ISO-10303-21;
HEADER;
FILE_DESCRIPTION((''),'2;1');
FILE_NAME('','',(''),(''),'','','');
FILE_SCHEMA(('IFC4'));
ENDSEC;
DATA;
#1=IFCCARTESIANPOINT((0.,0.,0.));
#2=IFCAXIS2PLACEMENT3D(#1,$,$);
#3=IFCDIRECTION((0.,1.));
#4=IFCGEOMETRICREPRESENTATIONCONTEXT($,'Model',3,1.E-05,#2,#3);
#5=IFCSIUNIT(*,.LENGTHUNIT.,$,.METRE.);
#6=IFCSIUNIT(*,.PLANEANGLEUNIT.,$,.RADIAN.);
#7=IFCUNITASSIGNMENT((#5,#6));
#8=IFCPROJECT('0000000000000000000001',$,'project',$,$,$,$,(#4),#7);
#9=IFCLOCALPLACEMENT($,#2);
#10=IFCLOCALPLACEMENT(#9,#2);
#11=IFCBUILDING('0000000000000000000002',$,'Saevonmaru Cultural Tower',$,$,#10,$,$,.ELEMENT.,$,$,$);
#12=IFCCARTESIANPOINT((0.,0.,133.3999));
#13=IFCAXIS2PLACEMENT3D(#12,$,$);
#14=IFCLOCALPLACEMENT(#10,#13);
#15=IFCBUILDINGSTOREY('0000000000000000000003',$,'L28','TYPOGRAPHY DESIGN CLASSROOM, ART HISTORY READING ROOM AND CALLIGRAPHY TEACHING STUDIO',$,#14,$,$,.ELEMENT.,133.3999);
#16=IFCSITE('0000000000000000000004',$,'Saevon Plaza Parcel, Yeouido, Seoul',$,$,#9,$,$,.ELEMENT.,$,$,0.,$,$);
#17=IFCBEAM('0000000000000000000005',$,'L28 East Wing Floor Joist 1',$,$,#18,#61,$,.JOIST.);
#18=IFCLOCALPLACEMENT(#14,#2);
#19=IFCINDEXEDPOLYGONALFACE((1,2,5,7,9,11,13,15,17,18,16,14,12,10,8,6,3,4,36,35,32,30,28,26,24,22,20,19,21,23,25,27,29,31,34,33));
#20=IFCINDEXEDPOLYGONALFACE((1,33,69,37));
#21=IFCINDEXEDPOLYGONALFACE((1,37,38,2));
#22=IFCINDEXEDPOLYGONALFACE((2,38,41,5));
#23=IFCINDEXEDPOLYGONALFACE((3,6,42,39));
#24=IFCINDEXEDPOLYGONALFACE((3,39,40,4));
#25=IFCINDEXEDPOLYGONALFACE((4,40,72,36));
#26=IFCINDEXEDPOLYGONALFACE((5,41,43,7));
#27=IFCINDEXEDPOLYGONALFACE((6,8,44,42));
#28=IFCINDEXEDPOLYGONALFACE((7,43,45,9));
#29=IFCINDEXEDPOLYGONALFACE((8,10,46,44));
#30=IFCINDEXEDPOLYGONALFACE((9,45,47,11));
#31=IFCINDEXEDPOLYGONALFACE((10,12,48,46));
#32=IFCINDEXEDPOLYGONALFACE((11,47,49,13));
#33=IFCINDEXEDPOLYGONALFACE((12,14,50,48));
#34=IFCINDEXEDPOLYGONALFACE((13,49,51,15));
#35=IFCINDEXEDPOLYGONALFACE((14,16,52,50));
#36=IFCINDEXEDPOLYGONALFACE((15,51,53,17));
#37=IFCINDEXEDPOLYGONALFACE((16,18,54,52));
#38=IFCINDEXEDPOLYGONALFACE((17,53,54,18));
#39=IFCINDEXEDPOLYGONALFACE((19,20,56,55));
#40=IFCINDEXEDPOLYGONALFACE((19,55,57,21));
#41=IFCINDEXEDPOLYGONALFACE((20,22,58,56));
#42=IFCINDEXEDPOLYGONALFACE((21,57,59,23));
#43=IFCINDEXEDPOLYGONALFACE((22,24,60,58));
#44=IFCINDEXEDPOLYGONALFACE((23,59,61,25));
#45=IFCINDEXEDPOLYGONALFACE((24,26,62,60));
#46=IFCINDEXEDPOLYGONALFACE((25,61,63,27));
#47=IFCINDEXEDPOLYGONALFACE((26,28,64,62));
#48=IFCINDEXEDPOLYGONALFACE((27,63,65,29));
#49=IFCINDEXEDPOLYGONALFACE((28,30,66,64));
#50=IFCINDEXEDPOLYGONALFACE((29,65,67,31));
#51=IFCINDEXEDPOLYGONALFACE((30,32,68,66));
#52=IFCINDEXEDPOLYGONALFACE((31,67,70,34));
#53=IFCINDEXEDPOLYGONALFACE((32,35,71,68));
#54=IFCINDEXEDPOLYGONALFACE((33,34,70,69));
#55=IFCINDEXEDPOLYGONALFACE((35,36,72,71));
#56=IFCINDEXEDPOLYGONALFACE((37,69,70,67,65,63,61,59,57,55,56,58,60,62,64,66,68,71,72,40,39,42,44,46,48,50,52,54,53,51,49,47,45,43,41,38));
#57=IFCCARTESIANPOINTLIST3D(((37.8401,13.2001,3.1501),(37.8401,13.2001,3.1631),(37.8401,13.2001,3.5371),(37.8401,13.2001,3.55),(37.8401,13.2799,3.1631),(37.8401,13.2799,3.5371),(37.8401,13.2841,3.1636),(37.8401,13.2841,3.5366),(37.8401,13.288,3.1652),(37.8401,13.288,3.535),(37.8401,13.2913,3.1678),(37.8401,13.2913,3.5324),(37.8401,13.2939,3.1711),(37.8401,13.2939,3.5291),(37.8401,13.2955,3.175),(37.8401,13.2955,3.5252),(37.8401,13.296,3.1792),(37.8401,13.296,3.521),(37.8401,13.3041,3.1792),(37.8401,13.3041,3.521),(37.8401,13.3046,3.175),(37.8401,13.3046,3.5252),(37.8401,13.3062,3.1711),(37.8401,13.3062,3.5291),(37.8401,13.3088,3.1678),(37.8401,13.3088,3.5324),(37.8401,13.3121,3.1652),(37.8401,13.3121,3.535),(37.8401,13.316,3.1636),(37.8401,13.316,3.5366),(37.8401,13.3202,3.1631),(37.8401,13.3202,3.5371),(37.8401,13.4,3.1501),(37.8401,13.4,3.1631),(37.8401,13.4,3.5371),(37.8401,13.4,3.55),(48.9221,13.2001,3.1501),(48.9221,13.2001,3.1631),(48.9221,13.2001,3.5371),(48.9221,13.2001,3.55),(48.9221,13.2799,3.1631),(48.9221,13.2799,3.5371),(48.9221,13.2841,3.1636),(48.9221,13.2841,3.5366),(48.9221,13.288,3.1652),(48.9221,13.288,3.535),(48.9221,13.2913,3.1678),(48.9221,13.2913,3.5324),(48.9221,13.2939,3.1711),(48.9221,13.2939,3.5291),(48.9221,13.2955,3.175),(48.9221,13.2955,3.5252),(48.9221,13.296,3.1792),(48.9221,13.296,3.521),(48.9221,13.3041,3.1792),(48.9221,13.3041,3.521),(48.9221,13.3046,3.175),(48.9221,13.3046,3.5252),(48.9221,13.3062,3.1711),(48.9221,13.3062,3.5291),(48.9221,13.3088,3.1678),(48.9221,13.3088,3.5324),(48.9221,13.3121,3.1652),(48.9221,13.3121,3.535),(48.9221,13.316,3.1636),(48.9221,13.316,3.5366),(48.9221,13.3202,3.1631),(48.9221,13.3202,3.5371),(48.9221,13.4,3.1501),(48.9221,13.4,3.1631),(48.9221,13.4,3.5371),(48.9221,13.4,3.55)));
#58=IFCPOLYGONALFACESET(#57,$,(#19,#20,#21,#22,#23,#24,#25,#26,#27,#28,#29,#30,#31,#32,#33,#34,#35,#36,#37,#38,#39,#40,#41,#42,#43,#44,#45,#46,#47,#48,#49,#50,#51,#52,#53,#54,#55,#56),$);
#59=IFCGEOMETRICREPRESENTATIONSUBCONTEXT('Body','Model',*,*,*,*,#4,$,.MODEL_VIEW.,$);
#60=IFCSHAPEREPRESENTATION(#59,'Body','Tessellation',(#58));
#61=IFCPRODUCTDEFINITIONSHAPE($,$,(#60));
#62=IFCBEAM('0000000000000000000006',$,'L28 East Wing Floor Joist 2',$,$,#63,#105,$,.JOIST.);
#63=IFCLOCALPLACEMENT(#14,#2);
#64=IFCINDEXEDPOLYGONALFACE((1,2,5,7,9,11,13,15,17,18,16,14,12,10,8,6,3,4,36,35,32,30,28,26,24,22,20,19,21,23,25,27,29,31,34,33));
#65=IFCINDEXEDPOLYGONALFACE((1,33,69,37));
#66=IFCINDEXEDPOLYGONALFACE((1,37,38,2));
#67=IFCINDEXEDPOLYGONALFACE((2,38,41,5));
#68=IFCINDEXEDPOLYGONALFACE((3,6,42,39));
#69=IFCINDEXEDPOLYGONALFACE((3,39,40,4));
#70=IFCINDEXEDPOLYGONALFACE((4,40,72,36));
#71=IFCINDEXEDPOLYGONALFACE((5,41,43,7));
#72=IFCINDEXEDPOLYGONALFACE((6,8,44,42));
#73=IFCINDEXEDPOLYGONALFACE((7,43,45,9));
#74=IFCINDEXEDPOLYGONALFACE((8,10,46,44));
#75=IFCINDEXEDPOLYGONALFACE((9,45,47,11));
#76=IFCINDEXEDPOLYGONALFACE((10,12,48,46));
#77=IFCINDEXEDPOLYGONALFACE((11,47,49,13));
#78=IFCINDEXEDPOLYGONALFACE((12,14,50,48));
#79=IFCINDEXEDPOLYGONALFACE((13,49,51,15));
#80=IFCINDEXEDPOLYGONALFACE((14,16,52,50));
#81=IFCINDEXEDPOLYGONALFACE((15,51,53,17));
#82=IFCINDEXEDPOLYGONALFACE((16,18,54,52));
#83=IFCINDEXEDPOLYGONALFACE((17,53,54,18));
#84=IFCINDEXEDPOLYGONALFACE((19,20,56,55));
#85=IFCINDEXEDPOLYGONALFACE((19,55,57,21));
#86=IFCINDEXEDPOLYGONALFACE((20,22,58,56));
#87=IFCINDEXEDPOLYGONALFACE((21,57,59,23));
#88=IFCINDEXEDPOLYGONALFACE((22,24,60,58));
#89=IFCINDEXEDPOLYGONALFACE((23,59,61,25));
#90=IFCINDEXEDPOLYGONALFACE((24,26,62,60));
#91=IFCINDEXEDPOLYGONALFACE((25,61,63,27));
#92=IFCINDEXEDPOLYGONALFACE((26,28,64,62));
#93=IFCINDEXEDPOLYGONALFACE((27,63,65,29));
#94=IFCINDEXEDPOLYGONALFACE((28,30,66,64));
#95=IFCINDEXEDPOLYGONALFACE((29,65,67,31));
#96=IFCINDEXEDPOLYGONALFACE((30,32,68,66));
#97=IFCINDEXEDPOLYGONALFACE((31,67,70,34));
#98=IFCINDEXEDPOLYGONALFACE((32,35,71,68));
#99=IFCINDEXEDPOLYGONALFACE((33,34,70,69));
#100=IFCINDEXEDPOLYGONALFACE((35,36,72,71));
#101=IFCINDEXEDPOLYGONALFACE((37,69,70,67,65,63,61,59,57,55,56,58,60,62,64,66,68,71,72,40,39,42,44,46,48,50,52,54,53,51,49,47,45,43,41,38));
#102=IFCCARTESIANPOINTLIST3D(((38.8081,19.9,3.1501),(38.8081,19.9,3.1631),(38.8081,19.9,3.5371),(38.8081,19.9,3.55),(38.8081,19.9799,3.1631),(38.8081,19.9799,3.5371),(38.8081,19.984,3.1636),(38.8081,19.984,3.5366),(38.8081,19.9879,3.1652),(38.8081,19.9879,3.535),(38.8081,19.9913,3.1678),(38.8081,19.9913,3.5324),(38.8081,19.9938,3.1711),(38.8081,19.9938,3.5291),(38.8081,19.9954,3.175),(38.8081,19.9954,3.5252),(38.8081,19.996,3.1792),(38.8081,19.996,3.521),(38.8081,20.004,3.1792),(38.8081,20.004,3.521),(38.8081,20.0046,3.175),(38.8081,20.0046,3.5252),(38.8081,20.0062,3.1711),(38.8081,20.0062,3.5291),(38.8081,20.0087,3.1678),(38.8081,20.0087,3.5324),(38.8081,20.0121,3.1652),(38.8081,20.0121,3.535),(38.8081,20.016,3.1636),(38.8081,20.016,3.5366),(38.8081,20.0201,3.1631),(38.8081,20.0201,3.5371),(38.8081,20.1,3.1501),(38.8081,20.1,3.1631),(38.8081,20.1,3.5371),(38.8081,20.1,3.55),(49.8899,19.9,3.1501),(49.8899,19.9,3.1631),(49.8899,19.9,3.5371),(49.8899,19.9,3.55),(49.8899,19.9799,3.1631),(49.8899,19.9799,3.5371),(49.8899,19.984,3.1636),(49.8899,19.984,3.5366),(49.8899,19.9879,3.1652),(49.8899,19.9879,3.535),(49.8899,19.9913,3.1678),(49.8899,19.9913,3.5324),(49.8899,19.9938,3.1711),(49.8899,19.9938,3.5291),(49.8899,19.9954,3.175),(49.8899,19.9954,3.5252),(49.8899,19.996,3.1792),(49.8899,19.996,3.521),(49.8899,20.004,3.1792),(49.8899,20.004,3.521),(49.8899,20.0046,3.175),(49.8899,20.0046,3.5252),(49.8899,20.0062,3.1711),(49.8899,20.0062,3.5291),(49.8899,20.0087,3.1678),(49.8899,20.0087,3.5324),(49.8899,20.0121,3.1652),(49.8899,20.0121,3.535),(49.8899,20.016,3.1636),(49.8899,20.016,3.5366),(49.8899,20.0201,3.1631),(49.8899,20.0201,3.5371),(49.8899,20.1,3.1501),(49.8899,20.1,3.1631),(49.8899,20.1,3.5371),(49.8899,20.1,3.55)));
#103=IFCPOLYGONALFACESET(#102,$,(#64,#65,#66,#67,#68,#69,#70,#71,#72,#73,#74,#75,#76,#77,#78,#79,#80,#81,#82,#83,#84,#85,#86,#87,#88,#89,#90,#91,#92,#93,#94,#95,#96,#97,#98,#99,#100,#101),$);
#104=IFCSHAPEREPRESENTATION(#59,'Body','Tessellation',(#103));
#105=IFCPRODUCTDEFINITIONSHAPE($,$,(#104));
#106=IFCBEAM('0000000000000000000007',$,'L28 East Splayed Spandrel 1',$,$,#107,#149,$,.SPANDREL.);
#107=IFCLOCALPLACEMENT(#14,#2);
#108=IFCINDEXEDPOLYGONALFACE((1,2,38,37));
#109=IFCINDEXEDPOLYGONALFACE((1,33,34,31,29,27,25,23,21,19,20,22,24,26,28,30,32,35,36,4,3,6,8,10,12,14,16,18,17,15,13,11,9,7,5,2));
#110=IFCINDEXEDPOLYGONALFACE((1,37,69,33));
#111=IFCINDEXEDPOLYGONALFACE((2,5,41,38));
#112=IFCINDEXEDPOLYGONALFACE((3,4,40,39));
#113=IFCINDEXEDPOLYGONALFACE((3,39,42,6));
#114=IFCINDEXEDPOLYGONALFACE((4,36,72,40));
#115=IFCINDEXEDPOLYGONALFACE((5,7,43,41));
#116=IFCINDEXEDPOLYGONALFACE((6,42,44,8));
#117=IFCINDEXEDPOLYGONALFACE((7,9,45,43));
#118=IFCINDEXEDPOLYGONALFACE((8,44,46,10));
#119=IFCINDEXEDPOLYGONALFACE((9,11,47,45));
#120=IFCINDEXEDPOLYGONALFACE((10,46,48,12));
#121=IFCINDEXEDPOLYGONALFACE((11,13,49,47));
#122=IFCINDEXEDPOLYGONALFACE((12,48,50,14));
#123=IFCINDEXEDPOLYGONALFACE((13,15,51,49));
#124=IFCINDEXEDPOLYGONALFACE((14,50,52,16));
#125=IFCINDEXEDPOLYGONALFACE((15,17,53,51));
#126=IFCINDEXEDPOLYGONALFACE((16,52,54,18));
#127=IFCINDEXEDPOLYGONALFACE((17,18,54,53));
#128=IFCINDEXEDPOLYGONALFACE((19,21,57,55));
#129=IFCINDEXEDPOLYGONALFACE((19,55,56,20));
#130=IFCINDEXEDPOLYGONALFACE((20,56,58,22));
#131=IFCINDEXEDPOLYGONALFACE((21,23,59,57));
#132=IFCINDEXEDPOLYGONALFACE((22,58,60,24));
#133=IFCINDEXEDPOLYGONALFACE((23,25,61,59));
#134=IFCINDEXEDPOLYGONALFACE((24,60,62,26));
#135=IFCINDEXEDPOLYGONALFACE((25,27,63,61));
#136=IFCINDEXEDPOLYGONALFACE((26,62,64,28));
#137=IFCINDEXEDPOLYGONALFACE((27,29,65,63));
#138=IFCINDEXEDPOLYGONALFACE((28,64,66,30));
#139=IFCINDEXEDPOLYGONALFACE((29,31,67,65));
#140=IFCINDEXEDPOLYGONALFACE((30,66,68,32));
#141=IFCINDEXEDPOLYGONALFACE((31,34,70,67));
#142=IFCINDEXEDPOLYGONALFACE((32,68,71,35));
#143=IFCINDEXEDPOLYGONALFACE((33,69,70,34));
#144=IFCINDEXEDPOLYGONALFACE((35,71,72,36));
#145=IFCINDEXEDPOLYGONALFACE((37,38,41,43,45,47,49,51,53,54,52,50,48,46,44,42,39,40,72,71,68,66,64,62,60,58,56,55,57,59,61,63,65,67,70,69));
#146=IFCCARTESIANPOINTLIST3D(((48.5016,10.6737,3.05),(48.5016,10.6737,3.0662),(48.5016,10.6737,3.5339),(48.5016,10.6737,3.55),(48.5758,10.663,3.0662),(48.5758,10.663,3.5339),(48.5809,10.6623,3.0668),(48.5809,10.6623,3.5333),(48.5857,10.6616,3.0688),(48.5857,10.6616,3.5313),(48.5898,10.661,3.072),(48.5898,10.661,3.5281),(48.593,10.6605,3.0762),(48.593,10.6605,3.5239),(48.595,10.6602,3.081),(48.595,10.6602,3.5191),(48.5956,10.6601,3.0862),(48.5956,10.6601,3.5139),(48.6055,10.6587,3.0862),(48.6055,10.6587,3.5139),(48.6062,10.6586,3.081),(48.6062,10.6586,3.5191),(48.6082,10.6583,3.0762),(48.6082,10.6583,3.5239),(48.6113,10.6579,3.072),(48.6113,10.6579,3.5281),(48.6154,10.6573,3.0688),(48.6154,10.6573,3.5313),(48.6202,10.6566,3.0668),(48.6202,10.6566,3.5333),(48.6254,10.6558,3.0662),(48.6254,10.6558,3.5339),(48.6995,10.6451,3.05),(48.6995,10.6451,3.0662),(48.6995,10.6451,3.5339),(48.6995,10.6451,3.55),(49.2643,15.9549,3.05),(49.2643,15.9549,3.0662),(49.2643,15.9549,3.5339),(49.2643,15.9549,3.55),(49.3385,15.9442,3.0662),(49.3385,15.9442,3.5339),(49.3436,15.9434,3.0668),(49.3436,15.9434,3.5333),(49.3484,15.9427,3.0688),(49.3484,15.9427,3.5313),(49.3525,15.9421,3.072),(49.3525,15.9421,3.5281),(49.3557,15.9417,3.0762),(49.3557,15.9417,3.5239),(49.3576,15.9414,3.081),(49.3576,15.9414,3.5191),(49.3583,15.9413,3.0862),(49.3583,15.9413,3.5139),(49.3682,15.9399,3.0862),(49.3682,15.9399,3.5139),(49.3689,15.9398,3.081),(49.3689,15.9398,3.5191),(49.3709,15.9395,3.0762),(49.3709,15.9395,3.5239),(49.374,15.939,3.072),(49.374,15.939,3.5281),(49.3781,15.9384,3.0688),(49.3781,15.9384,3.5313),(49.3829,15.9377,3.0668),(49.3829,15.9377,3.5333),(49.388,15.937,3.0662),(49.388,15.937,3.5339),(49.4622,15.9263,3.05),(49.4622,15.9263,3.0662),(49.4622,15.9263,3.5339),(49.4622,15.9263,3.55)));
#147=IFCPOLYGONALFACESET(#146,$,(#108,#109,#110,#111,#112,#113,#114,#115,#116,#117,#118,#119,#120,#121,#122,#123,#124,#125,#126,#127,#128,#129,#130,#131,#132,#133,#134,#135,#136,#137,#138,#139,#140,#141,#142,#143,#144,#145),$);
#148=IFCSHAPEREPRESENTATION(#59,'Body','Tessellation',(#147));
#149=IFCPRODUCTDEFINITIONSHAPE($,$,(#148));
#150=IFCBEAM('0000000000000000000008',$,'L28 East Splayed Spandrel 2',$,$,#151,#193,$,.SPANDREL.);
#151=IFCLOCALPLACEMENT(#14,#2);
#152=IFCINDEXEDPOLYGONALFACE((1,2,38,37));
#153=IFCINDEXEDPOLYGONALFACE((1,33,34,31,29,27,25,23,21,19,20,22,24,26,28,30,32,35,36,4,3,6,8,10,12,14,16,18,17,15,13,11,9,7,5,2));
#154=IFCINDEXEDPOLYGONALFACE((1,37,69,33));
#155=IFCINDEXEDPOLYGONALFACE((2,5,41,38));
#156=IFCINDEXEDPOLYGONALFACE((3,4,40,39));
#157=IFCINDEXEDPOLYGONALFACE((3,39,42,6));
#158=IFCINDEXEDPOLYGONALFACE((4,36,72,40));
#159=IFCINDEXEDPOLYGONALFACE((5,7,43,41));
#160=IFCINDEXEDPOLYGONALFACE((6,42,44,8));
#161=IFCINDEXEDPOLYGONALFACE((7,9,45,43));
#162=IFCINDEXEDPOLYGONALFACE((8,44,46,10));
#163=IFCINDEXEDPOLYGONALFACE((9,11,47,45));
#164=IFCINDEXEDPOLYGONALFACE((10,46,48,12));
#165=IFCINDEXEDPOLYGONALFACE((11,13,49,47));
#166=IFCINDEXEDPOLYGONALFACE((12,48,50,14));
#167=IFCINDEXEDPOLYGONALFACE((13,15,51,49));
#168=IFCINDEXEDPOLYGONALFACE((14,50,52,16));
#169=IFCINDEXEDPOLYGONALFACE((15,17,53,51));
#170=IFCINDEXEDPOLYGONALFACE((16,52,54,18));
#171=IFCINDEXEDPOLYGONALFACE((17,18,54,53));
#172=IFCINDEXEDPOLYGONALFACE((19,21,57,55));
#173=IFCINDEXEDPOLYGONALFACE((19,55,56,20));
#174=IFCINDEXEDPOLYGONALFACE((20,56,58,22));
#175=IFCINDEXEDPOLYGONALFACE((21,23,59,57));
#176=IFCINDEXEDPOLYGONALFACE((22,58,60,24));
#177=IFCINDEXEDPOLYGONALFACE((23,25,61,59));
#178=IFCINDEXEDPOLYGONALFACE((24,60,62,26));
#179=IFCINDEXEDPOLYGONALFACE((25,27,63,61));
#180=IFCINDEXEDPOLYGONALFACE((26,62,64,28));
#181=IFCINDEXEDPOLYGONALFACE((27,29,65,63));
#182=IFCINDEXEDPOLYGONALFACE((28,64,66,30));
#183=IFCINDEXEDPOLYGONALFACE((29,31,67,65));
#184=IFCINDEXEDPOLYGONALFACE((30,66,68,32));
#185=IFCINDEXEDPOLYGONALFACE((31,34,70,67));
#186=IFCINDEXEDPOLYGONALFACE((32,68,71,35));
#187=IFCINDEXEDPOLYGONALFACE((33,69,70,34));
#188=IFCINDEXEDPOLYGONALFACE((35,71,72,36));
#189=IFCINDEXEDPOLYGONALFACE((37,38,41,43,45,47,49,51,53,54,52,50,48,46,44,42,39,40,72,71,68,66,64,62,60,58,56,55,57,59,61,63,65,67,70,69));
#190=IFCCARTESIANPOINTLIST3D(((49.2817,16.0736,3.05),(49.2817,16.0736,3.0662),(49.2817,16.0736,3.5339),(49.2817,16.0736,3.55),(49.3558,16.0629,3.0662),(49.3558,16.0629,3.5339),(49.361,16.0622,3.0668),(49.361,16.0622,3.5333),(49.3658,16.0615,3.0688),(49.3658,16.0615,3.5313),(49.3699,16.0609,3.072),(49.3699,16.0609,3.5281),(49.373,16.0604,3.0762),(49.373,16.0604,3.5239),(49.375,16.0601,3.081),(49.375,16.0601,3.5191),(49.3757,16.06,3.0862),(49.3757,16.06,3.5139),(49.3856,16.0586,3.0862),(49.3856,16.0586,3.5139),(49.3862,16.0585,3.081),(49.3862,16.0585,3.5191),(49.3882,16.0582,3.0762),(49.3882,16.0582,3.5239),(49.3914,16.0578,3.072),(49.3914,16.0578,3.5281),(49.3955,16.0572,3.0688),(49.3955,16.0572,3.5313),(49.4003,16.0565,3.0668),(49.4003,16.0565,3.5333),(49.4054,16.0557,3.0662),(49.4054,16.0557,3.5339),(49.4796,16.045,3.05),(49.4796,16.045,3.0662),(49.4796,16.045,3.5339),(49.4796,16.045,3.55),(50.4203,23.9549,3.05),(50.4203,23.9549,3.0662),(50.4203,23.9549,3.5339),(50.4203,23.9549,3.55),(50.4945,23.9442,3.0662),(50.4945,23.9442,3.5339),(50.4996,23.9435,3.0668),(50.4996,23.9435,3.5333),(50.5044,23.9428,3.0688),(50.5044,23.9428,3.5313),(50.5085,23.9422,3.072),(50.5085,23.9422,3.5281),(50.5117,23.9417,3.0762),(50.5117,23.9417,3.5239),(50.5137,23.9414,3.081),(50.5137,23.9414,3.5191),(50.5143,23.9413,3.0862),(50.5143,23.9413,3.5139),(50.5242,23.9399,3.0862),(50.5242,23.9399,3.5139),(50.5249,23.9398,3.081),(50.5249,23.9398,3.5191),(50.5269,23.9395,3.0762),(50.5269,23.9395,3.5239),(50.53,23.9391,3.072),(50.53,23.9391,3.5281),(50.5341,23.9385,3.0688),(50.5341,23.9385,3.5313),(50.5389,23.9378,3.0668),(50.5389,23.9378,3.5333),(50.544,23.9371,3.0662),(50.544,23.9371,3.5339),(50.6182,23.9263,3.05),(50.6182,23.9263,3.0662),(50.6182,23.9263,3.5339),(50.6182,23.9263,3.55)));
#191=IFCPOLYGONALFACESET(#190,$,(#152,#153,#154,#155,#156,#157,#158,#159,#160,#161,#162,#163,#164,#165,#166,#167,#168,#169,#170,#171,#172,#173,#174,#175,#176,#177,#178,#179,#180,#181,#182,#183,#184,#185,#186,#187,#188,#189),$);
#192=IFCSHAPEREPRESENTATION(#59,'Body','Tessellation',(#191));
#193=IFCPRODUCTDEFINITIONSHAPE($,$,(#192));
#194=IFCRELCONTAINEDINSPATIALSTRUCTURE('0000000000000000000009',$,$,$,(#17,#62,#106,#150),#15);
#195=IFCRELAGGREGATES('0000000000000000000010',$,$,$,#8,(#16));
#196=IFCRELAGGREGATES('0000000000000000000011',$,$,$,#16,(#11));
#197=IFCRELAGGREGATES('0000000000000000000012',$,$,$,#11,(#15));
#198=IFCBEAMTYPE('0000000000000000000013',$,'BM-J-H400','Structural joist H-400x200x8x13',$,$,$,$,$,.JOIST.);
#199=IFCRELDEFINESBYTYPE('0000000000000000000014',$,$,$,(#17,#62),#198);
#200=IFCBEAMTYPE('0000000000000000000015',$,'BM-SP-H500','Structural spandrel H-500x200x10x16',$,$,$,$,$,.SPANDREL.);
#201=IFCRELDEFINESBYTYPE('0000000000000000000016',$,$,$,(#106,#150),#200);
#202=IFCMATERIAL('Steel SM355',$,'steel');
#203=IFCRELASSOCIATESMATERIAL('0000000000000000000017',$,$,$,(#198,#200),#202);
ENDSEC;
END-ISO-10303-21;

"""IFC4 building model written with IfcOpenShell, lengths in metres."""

from ifc_helpers import new_model, si_unit, direction, frame, origin, origin_2d, place, context, subcontext, project, spatial, i_section, extrude, material, material_profile, profile_set, type_object, element, save


model = new_model("IFC4")

# Units and contexts
model_context = context("Model", 3, precision=1e-05, world=origin(), true_north=direction((0.0, 1.0)))
body_context = subcontext(model_context, "Body", "Model", "MODEL_VIEW")
ifc_project = project(units=[si_unit("LENGTHUNIT", "METRE"), si_unit("PLANEANGLEUNIT", "RADIAN")], contexts=[model_context])

# Site, building, storey
site_placement = place(None, origin())
site = spatial("IfcSite", under=ifc_project, at=site_placement, Name="Saevon Plaza Parcel, Yeouido, Seoul", CompositionType="ELEMENT", RefElevation=0.0)
building_placement = place(site_placement, origin())
building = spatial("IfcBuilding", under=site, at=building_placement, Name="Saevonmaru Cultural Tower", CompositionType="ELEMENT")
storey_placement = place(building_placement, frame((0.0, 0.0, 133.3999)))
storey = spatial("IfcBuildingStorey", under=building, at=storey_placement, Name="L28", Description="TYPOGRAPHY DESIGN CLASSROOM, ART HISTORY READING ROOM AND CALLIGRAPHY TEACHING STUDIO", CompositionType="ELEMENT", Elevation=133.3999)

# Shared definitions
ifc_material_1 = material(Name="Steel SM355", Category="steel")

# Beams
ifc_material_profile_1 = material_profile(ifc_material_1, i_section(OverallWidth=0.2, OverallDepth=0.3999, WebThickness=0.0081, FlangeThickness=0.0129, FilletRadius=0.0161, at=origin_2d()), Name="H-400x200x8x13")
ifc_profile_set_1 = profile_set([ifc_material_profile_1], Name="Steel SM355")
beam_type_1 = type_object("IfcBeamType", Name="BM-J-H400", Description="Structural joist H-400x200x8x13", PredefinedType="JOIST", material=ifc_profile_set_1)
beam_1_placement = place(storey_placement, frame((37.8401, 13.3, 3.3501), z_axis=(1.0, 0.0, 0.0), x_axis=(0.0, 1.0, 0.0)))
element("IfcBeam", 1, at=beam_1_placement, inside=storey, type_object=beam_type_1, Name="L28 East Wing Floor Joist 1", PredefinedType="JOIST", context=body_context, shape_type="SweptSolid", body=[
    extrude(i_section(OverallWidth=0.2, OverallDepth=0.3999, WebThickness=0.0081, FlangeThickness=0.0129, FilletRadius=0.0161, at=origin_2d()), origin(), (0.0, 0.0, 1.0), 11.082),
])
beam_2_placement = place(storey_placement, frame((38.8081, 20.0, 3.3501), z_axis=(1.0, 0.0, 0.0), x_axis=(0.0, 1.0, 0.0)))
element("IfcBeam", 2, at=beam_2_placement, inside=storey, type_object=beam_type_1, Name="L28 East Wing Floor Joist 2", PredefinedType="JOIST", context=body_context, shape_type="SweptSolid", body=[
    extrude(i_section(OverallWidth=0.2, OverallDepth=0.3999, WebThickness=0.0081, FlangeThickness=0.0129, FilletRadius=0.0161, at=origin_2d()), origin(), (0.0, 0.0, 1.0), 11.0818),
])
ifc_material_profile_2 = material_profile(ifc_material_1, i_section(OverallWidth=0.2, OverallDepth=0.5, WebThickness=0.01, FlangeThickness=0.0161, FilletRadius=0.02, at=origin_2d()), Name="H-500x200x10x16")
ifc_profile_set_2 = profile_set([ifc_material_profile_2], Name="Steel SM355")
beam_type_2 = type_object("IfcBeamType", Name="BM-SP-H500", Description="Structural spandrel H-500x200x10x16", PredefinedType="SPANDREL", material=ifc_profile_set_2)
beam_3_placement = place(storey_placement, frame((48.6006, 10.6594, 3.3), z_axis=(0.142933, 0.989732, 0.0), x_axis=(-0.989732, 0.142933, 0.0)))
element("IfcBeam", 3, at=beam_3_placement, inside=storey, type_object=beam_type_2, Name="L28 East Splayed Spandrel 1", PredefinedType="SPANDREL", context=body_context, shape_type="SweptSolid", body=[
    extrude(i_section(OverallWidth=0.2, OverallDepth=0.5, WebThickness=0.01, FlangeThickness=0.0161, FilletRadius=0.02, at=origin_2d()), origin(), (0.0, 0.0, 1.0), 5.3359),
])
beam_4_placement = place(storey_placement, frame((49.3806, 16.0593, 3.3), z_axis=(0.142992, 0.989724, 0.0), x_axis=(-0.989724, 0.142992, 0.0)))
element("IfcBeam", 4, at=beam_4_placement, inside=storey, type_object=beam_type_2, Name="L28 East Splayed Spandrel 2", PredefinedType="SPANDREL", context=body_context, shape_type="SweptSolid", body=[
    extrude(i_section(OverallWidth=0.2, OverallDepth=0.5, WebThickness=0.01, FlangeThickness=0.0161, FilletRadius=0.02, at=origin_2d()), origin(), (0.0, 0.0, 1.0), 7.9631),
])

save(model, "model.ifc")
